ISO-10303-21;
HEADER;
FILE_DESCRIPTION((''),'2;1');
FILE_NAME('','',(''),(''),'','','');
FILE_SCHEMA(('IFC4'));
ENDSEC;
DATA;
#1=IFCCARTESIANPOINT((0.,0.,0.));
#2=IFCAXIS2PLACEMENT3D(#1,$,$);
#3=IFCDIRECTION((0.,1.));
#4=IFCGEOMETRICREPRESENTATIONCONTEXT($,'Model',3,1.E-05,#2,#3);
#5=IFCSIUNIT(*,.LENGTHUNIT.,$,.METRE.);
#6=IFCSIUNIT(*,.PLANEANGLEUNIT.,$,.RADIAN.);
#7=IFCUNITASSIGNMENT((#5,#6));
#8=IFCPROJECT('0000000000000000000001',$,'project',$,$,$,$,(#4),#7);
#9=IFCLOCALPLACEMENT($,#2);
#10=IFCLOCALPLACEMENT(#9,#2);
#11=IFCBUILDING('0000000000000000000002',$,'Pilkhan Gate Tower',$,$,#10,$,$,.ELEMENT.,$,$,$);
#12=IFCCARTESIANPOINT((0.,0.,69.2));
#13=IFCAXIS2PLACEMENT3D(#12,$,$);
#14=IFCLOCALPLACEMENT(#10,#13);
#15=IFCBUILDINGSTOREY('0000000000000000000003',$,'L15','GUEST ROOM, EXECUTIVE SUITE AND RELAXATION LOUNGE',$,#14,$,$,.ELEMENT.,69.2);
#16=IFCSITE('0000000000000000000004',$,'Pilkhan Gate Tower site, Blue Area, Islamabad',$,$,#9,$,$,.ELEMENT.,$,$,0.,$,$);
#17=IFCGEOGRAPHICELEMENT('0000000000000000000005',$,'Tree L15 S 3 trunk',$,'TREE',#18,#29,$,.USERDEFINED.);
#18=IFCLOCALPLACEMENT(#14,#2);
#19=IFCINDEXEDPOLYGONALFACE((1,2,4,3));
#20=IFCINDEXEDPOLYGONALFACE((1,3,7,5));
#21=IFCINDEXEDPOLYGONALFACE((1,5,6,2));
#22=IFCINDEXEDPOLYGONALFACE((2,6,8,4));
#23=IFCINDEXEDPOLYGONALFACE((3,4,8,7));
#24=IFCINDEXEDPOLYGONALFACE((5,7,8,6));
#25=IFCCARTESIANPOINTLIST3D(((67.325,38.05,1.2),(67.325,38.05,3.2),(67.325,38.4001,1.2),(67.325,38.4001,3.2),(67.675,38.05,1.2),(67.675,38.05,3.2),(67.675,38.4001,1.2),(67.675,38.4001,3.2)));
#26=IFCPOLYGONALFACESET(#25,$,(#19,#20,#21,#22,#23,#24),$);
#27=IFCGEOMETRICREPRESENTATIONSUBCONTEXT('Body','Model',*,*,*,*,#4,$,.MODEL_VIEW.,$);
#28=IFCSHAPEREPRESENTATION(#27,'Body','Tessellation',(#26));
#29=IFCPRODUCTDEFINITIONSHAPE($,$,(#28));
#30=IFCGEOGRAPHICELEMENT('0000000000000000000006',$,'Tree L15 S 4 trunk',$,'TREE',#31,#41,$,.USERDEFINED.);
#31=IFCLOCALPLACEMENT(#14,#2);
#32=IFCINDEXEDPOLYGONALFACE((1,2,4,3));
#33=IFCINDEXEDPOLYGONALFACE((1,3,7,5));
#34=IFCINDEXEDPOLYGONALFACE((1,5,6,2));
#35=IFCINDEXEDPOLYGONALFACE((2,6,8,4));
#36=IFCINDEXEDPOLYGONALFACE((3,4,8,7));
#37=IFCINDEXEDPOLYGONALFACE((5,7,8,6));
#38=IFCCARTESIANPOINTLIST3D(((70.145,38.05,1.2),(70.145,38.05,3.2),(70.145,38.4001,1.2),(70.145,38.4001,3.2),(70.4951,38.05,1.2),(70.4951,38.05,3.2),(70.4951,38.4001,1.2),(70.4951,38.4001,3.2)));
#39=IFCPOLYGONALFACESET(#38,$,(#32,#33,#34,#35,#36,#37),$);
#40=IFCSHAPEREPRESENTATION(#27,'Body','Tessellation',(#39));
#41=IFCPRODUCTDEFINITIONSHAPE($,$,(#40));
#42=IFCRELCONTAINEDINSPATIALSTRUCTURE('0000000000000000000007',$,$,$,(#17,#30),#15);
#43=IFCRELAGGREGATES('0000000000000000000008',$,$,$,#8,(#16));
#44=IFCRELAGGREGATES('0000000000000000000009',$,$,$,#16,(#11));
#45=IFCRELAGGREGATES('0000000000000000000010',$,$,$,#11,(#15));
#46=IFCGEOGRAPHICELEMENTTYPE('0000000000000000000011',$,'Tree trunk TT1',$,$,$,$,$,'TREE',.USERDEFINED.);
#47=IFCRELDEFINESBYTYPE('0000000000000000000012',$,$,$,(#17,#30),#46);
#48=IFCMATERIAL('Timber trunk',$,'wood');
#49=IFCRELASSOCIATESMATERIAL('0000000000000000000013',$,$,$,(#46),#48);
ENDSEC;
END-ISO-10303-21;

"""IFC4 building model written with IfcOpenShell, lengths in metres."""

from ifc_helpers import new_model, si_unit, direction, frame, origin, origin_2d, place, context, subcontext, project, spatial, rectangle, extrude, material, type_object, element, save


model = new_model("IFC4")

# Units and contexts
model_context = context("Model", 3, precision=1e-05, world=origin(), true_north=direction((0.0, 1.0)))
body_context = subcontext(model_context, "Body", "Model", "MODEL_VIEW")
ifc_project = project(units=[si_unit("LENGTHUNIT", "METRE"), si_unit("PLANEANGLEUNIT", "RADIAN")], contexts=[model_context])

# Site, building, storey
site_placement = place(None, origin())
site = spatial("IfcSite", under=ifc_project, at=site_placement, Name="Pilkhan Gate Tower site, Blue Area, Islamabad", CompositionType="ELEMENT", RefElevation=0.0)
building_placement = place(site_placement, origin())
building = spatial("IfcBuilding", under=site, at=building_placement, Name="Pilkhan Gate Tower", CompositionType="ELEMENT")
storey_placement = place(building_placement, frame((0.0, 0.0, 69.2)))
storey = spatial("IfcBuildingStorey", under=building, at=storey_placement, Name="L15", Description="GUEST ROOM, EXECUTIVE SUITE AND RELAXATION LOUNGE", CompositionType="ELEMENT", Elevation=69.2)

# Geographic elements
ifc_material_1 = material(Name="Timber trunk", Category="wood")
geographic_element_type_1 = type_object("IfcGeographicElementType", Name="Tree trunk TT1", ElementType="TREE", PredefinedType="USERDEFINED", material=ifc_material_1)
for number, where, z_axis, x_axis, name in (
    (1, (67.5, 38.2251, 1.2), (0.0, 0.0, 1.0), (1.0, 0.0, 0.0), "Tree L15 S 3 trunk"),
    (2, (70.3201, 38.2251, 1.2), (0.0, 0.0, 1.0), (1.0, 0.0, 0.0), "Tree L15 S 4 trunk"),
):
    element("IfcGeographicElement", number, at=place(storey_placement, frame(where, z_axis=z_axis, x_axis=x_axis)), inside=storey, type_object=geographic_element_type_1, Name=name, ObjectType="TREE", PredefinedType="USERDEFINED", context=body_context, shape_type="SweptSolid", body=[
        extrude(rectangle(XDim=0.3501, YDim=0.3501, at=origin_2d()), origin(), (0.0, 0.0, 1.0), 2.0),
    ])

save(model, "model.ifc")
